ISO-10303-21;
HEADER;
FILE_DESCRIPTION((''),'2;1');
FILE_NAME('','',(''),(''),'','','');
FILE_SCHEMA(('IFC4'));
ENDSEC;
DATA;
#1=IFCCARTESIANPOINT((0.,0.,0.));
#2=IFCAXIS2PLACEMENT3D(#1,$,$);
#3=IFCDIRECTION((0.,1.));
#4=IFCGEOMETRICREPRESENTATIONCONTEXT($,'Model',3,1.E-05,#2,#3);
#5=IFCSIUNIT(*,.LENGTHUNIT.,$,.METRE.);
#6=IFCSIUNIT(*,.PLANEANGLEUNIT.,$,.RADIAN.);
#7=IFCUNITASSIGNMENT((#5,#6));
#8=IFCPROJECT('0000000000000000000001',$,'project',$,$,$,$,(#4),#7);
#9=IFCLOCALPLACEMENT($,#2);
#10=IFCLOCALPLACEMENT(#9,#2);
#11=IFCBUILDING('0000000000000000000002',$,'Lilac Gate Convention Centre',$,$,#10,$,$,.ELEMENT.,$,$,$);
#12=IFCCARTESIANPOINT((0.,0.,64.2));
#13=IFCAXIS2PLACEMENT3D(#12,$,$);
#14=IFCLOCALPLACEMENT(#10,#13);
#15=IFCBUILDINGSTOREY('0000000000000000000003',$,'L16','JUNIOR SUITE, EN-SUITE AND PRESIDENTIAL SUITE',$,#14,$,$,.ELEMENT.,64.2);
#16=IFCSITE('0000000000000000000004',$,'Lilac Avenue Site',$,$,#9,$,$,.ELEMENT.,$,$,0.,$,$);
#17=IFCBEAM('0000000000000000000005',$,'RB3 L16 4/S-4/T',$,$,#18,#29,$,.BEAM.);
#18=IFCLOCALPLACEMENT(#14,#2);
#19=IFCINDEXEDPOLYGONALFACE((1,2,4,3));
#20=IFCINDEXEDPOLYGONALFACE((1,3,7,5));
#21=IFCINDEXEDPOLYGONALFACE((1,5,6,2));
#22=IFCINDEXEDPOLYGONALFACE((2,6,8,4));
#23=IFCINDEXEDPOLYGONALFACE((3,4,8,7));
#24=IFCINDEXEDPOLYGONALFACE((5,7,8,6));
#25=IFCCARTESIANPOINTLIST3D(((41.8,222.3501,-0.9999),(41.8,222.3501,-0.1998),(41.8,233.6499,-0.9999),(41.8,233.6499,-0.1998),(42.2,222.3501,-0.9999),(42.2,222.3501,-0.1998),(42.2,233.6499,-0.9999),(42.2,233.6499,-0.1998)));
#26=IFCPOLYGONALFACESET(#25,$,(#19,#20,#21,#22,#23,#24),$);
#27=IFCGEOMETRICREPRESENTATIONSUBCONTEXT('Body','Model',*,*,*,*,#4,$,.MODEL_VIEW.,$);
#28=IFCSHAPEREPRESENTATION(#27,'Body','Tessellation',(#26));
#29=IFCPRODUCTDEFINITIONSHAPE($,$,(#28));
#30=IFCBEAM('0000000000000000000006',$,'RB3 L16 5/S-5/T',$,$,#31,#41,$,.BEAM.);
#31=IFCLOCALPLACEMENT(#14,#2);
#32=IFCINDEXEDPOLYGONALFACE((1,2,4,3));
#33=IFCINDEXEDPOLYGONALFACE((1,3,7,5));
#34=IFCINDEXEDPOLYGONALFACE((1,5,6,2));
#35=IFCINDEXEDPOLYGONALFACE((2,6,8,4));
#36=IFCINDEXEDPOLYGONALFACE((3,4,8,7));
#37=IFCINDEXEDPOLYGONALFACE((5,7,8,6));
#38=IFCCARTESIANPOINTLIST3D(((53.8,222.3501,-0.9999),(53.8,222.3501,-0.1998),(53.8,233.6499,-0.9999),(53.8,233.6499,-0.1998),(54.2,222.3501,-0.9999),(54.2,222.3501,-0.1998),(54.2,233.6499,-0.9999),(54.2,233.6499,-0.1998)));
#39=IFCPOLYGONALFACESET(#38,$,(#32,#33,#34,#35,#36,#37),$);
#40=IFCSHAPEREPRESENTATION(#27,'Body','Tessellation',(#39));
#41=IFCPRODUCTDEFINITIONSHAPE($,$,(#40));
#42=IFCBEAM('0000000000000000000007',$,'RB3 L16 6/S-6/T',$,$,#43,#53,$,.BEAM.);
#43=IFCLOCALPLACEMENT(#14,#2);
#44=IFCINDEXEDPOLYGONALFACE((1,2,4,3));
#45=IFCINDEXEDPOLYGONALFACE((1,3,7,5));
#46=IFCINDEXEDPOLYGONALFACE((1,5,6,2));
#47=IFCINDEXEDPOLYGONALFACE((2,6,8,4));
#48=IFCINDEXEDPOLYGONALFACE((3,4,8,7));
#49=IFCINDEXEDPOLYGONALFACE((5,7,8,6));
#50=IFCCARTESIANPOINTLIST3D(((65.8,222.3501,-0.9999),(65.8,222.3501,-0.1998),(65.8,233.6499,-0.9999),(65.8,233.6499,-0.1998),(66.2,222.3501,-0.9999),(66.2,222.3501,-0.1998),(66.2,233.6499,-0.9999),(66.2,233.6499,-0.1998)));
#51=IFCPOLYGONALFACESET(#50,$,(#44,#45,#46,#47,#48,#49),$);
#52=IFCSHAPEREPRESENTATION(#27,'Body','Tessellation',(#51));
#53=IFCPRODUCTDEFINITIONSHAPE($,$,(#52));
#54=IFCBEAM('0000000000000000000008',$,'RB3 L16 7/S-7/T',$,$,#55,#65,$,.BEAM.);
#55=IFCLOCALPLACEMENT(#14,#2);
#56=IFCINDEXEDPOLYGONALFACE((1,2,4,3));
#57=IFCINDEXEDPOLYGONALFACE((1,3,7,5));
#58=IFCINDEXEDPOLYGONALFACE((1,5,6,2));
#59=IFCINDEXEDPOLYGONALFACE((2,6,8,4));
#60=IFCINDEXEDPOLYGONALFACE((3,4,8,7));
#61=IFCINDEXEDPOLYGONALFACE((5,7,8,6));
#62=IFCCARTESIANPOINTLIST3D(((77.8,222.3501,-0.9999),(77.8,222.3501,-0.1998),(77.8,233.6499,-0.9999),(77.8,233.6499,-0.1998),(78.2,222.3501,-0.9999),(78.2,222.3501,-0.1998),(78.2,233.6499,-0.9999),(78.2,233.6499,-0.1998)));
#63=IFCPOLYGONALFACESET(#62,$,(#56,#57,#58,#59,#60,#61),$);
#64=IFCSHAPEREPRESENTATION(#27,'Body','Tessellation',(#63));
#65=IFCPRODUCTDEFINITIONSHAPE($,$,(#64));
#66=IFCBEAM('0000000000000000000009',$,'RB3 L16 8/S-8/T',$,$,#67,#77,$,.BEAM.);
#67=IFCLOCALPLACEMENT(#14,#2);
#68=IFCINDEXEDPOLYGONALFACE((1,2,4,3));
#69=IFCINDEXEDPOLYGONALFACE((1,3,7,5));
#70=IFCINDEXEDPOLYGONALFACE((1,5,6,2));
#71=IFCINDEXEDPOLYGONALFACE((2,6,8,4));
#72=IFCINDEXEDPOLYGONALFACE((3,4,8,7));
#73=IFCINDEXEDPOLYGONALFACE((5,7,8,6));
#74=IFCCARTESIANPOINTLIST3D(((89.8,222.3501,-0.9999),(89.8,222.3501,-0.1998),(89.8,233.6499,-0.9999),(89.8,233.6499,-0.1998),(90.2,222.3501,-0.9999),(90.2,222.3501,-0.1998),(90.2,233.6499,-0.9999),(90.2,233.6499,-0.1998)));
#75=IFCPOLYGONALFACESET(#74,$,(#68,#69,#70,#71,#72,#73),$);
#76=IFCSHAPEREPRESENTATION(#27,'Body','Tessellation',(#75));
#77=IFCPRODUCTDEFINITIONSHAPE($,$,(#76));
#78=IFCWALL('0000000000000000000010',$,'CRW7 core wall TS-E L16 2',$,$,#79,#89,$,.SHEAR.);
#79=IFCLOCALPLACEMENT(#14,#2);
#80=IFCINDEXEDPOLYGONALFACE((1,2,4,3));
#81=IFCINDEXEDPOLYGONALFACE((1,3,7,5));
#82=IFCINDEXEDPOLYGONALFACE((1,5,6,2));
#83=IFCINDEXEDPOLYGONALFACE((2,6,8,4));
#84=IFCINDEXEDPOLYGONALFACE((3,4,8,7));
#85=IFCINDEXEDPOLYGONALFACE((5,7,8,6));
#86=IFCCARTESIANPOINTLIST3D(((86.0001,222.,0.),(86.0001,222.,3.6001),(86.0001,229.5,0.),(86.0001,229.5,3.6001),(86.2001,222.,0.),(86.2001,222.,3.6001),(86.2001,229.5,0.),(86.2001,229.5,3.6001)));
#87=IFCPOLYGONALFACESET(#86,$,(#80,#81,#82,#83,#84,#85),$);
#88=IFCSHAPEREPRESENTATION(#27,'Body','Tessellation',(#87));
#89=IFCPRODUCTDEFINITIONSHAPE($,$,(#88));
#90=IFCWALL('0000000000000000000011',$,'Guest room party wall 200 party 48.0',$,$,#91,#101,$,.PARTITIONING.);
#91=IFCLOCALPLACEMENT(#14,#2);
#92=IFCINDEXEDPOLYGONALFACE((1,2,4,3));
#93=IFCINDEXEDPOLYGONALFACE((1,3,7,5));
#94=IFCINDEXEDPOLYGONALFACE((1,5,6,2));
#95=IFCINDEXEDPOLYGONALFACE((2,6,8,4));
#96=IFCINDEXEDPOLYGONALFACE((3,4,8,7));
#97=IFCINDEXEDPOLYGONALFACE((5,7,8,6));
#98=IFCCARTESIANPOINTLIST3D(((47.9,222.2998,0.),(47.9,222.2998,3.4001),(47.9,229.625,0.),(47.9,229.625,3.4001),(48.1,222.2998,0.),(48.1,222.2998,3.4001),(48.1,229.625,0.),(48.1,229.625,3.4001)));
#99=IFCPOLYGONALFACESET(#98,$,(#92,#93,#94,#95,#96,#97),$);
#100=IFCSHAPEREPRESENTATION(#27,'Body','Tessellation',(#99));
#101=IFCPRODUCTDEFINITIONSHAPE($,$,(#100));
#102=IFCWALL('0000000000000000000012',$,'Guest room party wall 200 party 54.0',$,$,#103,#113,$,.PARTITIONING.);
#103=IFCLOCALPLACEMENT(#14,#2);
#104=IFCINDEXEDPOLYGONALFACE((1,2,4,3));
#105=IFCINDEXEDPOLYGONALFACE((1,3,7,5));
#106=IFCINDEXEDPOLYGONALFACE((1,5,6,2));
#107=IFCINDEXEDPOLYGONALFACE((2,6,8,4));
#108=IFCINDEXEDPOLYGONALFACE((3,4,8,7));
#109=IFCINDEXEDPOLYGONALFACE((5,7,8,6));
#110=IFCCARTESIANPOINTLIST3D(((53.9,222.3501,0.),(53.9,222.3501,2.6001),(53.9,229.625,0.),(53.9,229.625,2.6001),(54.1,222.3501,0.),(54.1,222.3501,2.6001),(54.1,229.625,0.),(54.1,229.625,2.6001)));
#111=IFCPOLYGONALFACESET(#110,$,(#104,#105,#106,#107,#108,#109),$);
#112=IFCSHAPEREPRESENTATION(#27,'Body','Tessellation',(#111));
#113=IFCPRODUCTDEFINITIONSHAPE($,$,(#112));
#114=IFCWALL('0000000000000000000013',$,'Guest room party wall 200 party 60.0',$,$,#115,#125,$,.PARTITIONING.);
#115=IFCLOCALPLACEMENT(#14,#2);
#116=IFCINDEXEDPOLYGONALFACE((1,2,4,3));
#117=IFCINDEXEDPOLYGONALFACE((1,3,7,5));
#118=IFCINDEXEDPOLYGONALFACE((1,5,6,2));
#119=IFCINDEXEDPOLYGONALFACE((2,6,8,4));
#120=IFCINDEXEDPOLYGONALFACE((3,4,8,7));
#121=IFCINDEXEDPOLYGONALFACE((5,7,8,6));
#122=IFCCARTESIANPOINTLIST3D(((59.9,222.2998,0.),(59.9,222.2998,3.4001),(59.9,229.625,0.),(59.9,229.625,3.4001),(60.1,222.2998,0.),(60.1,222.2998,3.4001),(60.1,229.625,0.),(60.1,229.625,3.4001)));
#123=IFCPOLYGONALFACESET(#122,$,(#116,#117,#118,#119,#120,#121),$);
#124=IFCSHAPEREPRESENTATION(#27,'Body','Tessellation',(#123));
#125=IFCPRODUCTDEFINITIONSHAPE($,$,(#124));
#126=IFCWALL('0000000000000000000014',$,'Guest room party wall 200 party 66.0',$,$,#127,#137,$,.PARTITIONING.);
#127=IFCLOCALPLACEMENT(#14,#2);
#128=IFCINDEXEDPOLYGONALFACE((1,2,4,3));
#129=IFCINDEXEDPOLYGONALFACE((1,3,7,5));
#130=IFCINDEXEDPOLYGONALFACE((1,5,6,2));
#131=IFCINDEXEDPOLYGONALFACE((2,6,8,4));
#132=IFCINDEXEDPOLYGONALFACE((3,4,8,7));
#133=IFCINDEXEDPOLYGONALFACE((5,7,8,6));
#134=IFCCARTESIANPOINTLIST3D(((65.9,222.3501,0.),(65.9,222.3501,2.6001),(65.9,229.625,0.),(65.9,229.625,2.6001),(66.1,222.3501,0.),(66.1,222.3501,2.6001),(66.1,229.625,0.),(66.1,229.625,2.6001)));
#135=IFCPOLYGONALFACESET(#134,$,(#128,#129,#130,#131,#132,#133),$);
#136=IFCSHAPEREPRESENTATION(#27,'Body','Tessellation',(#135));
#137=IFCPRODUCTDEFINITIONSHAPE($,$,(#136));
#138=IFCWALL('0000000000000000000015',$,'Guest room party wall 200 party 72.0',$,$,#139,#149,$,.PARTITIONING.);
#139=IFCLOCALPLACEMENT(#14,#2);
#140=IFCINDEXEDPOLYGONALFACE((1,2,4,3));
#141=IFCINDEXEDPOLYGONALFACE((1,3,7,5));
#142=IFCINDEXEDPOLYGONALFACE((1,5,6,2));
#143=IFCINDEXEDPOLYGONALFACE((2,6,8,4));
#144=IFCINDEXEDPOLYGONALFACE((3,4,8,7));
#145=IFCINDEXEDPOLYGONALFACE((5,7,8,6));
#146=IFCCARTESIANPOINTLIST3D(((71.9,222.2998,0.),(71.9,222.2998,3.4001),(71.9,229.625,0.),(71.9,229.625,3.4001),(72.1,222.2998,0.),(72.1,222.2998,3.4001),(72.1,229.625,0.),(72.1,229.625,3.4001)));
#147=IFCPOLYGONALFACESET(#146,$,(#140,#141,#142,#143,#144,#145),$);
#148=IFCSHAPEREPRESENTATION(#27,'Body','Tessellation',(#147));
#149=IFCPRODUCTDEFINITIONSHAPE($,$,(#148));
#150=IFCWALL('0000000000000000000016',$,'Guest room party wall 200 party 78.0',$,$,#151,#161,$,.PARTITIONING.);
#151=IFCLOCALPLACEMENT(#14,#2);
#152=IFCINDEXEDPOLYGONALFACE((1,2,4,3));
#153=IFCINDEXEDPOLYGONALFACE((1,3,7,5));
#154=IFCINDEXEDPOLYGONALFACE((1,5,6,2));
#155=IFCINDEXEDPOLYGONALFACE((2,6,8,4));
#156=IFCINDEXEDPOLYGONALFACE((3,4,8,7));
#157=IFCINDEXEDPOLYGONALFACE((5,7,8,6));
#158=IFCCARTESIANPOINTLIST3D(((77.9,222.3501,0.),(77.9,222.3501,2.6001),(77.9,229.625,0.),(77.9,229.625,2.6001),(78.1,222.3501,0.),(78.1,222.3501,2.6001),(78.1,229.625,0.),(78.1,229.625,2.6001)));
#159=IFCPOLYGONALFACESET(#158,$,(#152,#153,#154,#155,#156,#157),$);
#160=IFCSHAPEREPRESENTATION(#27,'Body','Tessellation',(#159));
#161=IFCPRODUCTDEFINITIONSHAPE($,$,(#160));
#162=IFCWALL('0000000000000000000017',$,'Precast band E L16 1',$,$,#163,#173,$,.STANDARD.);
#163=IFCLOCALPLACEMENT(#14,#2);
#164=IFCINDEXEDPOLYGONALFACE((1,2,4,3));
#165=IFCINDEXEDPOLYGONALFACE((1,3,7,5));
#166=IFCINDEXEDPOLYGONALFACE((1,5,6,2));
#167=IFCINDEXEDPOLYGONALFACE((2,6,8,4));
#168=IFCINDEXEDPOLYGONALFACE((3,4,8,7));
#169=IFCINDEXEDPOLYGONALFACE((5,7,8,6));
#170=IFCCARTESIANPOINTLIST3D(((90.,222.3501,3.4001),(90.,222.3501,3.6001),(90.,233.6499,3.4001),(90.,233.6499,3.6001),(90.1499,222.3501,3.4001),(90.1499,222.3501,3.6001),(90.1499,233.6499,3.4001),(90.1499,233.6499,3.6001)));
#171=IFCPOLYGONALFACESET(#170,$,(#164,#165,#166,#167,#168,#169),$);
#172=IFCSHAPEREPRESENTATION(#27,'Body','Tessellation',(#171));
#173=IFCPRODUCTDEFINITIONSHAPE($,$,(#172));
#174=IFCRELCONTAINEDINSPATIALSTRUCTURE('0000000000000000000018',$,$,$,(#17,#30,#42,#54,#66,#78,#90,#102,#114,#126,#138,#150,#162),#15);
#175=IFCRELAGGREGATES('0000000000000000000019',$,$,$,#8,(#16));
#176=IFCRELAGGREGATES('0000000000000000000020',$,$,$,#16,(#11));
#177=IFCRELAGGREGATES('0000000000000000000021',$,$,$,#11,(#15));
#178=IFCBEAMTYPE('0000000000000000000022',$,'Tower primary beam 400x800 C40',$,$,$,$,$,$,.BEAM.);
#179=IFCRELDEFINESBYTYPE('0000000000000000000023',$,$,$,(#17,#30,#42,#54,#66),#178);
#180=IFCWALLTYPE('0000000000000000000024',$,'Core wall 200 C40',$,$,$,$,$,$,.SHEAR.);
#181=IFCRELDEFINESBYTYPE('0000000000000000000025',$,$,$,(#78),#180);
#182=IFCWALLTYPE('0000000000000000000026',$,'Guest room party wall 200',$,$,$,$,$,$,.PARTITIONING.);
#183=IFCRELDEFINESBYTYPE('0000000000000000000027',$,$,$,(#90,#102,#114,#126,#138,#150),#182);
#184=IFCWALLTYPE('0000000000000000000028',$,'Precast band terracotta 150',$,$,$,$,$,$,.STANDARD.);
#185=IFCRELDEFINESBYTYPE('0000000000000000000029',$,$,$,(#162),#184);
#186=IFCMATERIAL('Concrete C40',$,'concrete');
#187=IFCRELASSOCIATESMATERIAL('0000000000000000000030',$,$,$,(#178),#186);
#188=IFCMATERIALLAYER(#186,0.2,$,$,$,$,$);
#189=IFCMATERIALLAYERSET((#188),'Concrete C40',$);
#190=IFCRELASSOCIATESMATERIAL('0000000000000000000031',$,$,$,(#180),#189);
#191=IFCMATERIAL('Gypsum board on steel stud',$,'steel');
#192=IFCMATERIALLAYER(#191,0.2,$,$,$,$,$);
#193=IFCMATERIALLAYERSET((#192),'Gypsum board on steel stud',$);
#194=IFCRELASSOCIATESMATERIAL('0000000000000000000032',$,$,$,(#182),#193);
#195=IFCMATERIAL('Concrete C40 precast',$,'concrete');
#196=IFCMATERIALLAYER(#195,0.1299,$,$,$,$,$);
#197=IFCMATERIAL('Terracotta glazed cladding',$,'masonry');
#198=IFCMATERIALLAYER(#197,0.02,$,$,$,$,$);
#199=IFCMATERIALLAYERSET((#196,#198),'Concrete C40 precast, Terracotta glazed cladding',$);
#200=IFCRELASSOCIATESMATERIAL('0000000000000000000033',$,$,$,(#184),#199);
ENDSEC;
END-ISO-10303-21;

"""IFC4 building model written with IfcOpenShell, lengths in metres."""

from ifc_helpers import new_model, si_unit, direction, frame, frame_2d, origin, origin_2d, place, context, subcontext, project, spatial, rectangle, extrude, material, layer, layer_set, material_profile, profile_set, type_object, element, save


model = new_model("IFC4")

# Units and contexts
model_context = context("Model", 3, precision=1e-05, world=origin(), true_north=direction((0.0, 1.0)))
body_context = subcontext(model_context, "Body", "Model", "MODEL_VIEW")
ifc_project = project(units=[si_unit("LENGTHUNIT", "METRE"), si_unit("PLANEANGLEUNIT", "RADIAN")], contexts=[model_context])

# Site, building, storey
site_placement = place(None, origin())
site = spatial("IfcSite", under=ifc_project, at=site_placement, Name="Lilac Avenue Site", CompositionType="ELEMENT", RefElevation=0.0)
building_placement = place(site_placement, origin())
building = spatial("IfcBuilding", under=site, at=building_placement, Name="Lilac Gate Convention Centre", CompositionType="ELEMENT")
storey_placement = place(building_placement, frame((0.0, 0.0, 64.2)))
storey = spatial("IfcBuildingStorey", under=building, at=storey_placement, Name="L16", Description="JUNIOR SUITE, EN-SUITE AND PRESIDENTIAL SUITE", CompositionType="ELEMENT", Elevation=64.2)

# Beams
ifc_material_1 = material(Name="Concrete C40", Category="concrete")
ifc_material_profile = material_profile(ifc_material_1, rectangle(XDim=0.3999, YDim=0.8, at=origin_2d()), Name="RC 400x800")
ifc_profile_set = profile_set([ifc_material_profile], Name="Concrete C40")
beam_type = type_object("IfcBeamType", Name="Tower primary beam 400x800 C40", PredefinedType="BEAM", material=ifc_profile_set)
for number, where, z_axis, x_axis, name in (
    (1, (42.0, 222.3501, -0.5999), (0.0, 1.0, 0.0), (-1.0, 0.0, 0.0), "RB3 L16 4/S-4/T"),
    (2, (54.0, 222.3501, -0.5999), (0.0, 1.0, 0.0), (-1.0, 0.0, 0.0), "RB3 L16 5/S-5/T"),
    (3, (66.0, 222.3501, -0.5999), (0.0, 1.0, 0.0), (-1.0, 0.0, 0.0), "RB3 L16 6/S-6/T"),
    (4, (78.0, 222.3501, -0.5999), (0.0, 1.0, 0.0), (-1.0, 0.0, 0.0), "RB3 L16 7/S-7/T"),
    (5, (90.0, 222.3501, -0.5999), (0.0, 1.0, 0.0), (-1.0, 0.0, 0.0), "RB3 L16 8/S-8/T"),
):
    element("IfcBeam", number, at=place(storey_placement, frame(where, z_axis=z_axis, x_axis=x_axis)), inside=storey, type_object=beam_type, Name=name, PredefinedType="BEAM", context=body_context, shape_type="SweptSolid", body=[
        extrude(rectangle(XDim=0.3999, YDim=0.8, at=origin_2d()), origin(), (0.0, 0.0, 1.0), 11.2998),
    ])

# Walls
ifc_layer_1 = layer(ifc_material_1, 0.2)
ifc_layer_set_1 = layer_set([ifc_layer_1], Name="Concrete C40")
wall_type_1 = type_object("IfcWallType", Name="Core wall 200 C40", PredefinedType="SHEAR", material=ifc_layer_set_1)
wall_1_placement = place(storey_placement, frame((86.1001, 222.0, 0.0), z_axis=(0.0, 0.0, 1.0), x_axis=(0.0, 1.0, 0.0)))
element("IfcWall", 6, at=wall_1_placement, inside=storey, type_object=wall_type_1, Name="CRW7 core wall TS-E L16 2", PredefinedType="SHEAR", context=body_context, shape_type="SweptSolid", body=[
    extrude(rectangle(XDim=7.5, YDim=0.2, at=frame_2d((3.75, 0.0))), origin(), (0.0, 0.0, 1.0), 3.6001),
])
ifc_material_2 = material(Name="Gypsum board on steel stud", Category="steel")
ifc_layer_2 = layer(ifc_material_2, 0.2)
ifc_layer_set_2 = layer_set([ifc_layer_2], Name="Gypsum board on steel stud")
wall_type_2 = type_object("IfcWallType", Name="Guest room party wall 200", PredefinedType="PARTITIONING", material=ifc_layer_set_2)
wall_2_placement = place(storey_placement, frame((48.0, 222.2998, 0.0), z_axis=(0.0, 0.0, 1.0), x_axis=(0.0, 1.0, 0.0)))
element("IfcWall", 7, at=wall_2_placement, inside=storey, type_object=wall_type_2, Name="Guest room party wall 200 party 48.0", PredefinedType="PARTITIONING", context=body_context, shape_type="SweptSolid", body=[
    extrude(rectangle(XDim=7.3252, YDim=0.2, at=frame_2d((3.6626, 0.0))), origin(), (0.0, 0.0, 1.0), 3.4001),
])
wall_3_placement = place(storey_placement, frame((54.0, 222.3501, 0.0), z_axis=(0.0, 0.0, 1.0), x_axis=(0.0, 1.0, 0.0)))
element("IfcWall", 8, at=wall_3_placement, inside=storey, type_object=wall_type_2, Name="Guest room party wall 200 party 54.0", PredefinedType="PARTITIONING", context=body_context, shape_type="SweptSolid", body=[
    extrude(rectangle(XDim=7.2749, YDim=0.2, at=frame_2d((3.6375, 0.0))), origin(), (0.0, 0.0, 1.0), 2.6001),
])
wall_4_placement = place(storey_placement, frame((60.0, 222.2998, 0.0), z_axis=(0.0, 0.0, 1.0), x_axis=(0.0, 1.0, 0.0)))
element("IfcWall", 9, at=wall_4_placement, inside=storey, type_object=wall_type_2, Name="Guest room party wall 200 party 60.0", PredefinedType="PARTITIONING", context=body_context, shape_type="SweptSolid", body=[
    extrude(rectangle(XDim=7.3252, YDim=0.2, at=frame_2d((3.6626, 0.0))), origin(), (0.0, 0.0, 1.0), 3.4001),
])
wall_5_placement = place(storey_placement, frame((66.0, 222.3501, 0.0), z_axis=(0.0, 0.0, 1.0), x_axis=(0.0, 1.0, 0.0)))
element("IfcWall", 10, at=wall_5_placement, inside=storey, type_object=wall_type_2, Name="Guest room party wall 200 party 66.0", PredefinedType="PARTITIONING", context=body_context, shape_type="SweptSolid", body=[
    extrude(rectangle(XDim=7.2749, YDim=0.2, at=frame_2d((3.6375, 0.0))), origin(), (0.0, 0.0, 1.0), 2.6001),
])
wall_6_placement = place(storey_placement, frame((72.0, 222.2998, 0.0), z_axis=(0.0, 0.0, 1.0), x_axis=(0.0, 1.0, 0.0)))
element("IfcWall", 11, at=wall_6_placement, inside=storey, type_object=wall_type_2, Name="Guest room party wall 200 party 72.0", PredefinedType="PARTITIONING", context=body_context, shape_type="SweptSolid", body=[
    extrude(rectangle(XDim=7.3252, YDim=0.2, at=frame_2d((3.6626, 0.0))), origin(), (0.0, 0.0, 1.0), 3.4001),
])
wall_7_placement = place(storey_placement, frame((78.0, 222.3501, 0.0), z_axis=(0.0, 0.0, 1.0), x_axis=(0.0, 1.0, 0.0)))
element("IfcWall", 12, at=wall_7_placement, inside=storey, type_object=wall_type_2, Name="Guest room party wall 200 party 78.0", PredefinedType="PARTITIONING", context=body_context, shape_type="SweptSolid", body=[
    extrude(rectangle(XDim=7.2749, YDim=0.2, at=frame_2d((3.6375, 0.0))), origin(), (0.0, 0.0, 1.0), 2.6001),
])
ifc_material_3 = material(Name="Concrete C40 precast", Category="concrete")
ifc_layer_3 = layer(ifc_material_3, 0.1299)
ifc_material_4 = material(Name="Terracotta glazed cladding", Category="masonry")
ifc_layer_4 = layer(ifc_material_4, 0.02)
ifc_layer_set_3 = layer_set([ifc_layer_3, ifc_layer_4], Name="Concrete C40 precast, Terracotta glazed cladding")
wall_type_3 = type_object("IfcWallType", Name="Precast band terracotta 150", PredefinedType="STANDARD", material=ifc_layer_set_3)
wall_8_placement = place(storey_placement, frame((90.075, 222.3501, 3.4001), z_axis=(0.0, 0.0, 1.0), x_axis=(0.0, 1.0, 0.0)))
element("IfcWall", 13, at=wall_8_placement, inside=storey, type_object=wall_type_3, Name="Precast band E L16 1", PredefinedType="STANDARD", context=body_context, shape_type="SweptSolid", body=[
    extrude(rectangle(XDim=11.2998, YDim=0.1499, at=frame_2d((5.6499, 0.0))), origin(), (0.0, 0.0, 1.0), 0.2),
])

save(model, "model.ifc")
